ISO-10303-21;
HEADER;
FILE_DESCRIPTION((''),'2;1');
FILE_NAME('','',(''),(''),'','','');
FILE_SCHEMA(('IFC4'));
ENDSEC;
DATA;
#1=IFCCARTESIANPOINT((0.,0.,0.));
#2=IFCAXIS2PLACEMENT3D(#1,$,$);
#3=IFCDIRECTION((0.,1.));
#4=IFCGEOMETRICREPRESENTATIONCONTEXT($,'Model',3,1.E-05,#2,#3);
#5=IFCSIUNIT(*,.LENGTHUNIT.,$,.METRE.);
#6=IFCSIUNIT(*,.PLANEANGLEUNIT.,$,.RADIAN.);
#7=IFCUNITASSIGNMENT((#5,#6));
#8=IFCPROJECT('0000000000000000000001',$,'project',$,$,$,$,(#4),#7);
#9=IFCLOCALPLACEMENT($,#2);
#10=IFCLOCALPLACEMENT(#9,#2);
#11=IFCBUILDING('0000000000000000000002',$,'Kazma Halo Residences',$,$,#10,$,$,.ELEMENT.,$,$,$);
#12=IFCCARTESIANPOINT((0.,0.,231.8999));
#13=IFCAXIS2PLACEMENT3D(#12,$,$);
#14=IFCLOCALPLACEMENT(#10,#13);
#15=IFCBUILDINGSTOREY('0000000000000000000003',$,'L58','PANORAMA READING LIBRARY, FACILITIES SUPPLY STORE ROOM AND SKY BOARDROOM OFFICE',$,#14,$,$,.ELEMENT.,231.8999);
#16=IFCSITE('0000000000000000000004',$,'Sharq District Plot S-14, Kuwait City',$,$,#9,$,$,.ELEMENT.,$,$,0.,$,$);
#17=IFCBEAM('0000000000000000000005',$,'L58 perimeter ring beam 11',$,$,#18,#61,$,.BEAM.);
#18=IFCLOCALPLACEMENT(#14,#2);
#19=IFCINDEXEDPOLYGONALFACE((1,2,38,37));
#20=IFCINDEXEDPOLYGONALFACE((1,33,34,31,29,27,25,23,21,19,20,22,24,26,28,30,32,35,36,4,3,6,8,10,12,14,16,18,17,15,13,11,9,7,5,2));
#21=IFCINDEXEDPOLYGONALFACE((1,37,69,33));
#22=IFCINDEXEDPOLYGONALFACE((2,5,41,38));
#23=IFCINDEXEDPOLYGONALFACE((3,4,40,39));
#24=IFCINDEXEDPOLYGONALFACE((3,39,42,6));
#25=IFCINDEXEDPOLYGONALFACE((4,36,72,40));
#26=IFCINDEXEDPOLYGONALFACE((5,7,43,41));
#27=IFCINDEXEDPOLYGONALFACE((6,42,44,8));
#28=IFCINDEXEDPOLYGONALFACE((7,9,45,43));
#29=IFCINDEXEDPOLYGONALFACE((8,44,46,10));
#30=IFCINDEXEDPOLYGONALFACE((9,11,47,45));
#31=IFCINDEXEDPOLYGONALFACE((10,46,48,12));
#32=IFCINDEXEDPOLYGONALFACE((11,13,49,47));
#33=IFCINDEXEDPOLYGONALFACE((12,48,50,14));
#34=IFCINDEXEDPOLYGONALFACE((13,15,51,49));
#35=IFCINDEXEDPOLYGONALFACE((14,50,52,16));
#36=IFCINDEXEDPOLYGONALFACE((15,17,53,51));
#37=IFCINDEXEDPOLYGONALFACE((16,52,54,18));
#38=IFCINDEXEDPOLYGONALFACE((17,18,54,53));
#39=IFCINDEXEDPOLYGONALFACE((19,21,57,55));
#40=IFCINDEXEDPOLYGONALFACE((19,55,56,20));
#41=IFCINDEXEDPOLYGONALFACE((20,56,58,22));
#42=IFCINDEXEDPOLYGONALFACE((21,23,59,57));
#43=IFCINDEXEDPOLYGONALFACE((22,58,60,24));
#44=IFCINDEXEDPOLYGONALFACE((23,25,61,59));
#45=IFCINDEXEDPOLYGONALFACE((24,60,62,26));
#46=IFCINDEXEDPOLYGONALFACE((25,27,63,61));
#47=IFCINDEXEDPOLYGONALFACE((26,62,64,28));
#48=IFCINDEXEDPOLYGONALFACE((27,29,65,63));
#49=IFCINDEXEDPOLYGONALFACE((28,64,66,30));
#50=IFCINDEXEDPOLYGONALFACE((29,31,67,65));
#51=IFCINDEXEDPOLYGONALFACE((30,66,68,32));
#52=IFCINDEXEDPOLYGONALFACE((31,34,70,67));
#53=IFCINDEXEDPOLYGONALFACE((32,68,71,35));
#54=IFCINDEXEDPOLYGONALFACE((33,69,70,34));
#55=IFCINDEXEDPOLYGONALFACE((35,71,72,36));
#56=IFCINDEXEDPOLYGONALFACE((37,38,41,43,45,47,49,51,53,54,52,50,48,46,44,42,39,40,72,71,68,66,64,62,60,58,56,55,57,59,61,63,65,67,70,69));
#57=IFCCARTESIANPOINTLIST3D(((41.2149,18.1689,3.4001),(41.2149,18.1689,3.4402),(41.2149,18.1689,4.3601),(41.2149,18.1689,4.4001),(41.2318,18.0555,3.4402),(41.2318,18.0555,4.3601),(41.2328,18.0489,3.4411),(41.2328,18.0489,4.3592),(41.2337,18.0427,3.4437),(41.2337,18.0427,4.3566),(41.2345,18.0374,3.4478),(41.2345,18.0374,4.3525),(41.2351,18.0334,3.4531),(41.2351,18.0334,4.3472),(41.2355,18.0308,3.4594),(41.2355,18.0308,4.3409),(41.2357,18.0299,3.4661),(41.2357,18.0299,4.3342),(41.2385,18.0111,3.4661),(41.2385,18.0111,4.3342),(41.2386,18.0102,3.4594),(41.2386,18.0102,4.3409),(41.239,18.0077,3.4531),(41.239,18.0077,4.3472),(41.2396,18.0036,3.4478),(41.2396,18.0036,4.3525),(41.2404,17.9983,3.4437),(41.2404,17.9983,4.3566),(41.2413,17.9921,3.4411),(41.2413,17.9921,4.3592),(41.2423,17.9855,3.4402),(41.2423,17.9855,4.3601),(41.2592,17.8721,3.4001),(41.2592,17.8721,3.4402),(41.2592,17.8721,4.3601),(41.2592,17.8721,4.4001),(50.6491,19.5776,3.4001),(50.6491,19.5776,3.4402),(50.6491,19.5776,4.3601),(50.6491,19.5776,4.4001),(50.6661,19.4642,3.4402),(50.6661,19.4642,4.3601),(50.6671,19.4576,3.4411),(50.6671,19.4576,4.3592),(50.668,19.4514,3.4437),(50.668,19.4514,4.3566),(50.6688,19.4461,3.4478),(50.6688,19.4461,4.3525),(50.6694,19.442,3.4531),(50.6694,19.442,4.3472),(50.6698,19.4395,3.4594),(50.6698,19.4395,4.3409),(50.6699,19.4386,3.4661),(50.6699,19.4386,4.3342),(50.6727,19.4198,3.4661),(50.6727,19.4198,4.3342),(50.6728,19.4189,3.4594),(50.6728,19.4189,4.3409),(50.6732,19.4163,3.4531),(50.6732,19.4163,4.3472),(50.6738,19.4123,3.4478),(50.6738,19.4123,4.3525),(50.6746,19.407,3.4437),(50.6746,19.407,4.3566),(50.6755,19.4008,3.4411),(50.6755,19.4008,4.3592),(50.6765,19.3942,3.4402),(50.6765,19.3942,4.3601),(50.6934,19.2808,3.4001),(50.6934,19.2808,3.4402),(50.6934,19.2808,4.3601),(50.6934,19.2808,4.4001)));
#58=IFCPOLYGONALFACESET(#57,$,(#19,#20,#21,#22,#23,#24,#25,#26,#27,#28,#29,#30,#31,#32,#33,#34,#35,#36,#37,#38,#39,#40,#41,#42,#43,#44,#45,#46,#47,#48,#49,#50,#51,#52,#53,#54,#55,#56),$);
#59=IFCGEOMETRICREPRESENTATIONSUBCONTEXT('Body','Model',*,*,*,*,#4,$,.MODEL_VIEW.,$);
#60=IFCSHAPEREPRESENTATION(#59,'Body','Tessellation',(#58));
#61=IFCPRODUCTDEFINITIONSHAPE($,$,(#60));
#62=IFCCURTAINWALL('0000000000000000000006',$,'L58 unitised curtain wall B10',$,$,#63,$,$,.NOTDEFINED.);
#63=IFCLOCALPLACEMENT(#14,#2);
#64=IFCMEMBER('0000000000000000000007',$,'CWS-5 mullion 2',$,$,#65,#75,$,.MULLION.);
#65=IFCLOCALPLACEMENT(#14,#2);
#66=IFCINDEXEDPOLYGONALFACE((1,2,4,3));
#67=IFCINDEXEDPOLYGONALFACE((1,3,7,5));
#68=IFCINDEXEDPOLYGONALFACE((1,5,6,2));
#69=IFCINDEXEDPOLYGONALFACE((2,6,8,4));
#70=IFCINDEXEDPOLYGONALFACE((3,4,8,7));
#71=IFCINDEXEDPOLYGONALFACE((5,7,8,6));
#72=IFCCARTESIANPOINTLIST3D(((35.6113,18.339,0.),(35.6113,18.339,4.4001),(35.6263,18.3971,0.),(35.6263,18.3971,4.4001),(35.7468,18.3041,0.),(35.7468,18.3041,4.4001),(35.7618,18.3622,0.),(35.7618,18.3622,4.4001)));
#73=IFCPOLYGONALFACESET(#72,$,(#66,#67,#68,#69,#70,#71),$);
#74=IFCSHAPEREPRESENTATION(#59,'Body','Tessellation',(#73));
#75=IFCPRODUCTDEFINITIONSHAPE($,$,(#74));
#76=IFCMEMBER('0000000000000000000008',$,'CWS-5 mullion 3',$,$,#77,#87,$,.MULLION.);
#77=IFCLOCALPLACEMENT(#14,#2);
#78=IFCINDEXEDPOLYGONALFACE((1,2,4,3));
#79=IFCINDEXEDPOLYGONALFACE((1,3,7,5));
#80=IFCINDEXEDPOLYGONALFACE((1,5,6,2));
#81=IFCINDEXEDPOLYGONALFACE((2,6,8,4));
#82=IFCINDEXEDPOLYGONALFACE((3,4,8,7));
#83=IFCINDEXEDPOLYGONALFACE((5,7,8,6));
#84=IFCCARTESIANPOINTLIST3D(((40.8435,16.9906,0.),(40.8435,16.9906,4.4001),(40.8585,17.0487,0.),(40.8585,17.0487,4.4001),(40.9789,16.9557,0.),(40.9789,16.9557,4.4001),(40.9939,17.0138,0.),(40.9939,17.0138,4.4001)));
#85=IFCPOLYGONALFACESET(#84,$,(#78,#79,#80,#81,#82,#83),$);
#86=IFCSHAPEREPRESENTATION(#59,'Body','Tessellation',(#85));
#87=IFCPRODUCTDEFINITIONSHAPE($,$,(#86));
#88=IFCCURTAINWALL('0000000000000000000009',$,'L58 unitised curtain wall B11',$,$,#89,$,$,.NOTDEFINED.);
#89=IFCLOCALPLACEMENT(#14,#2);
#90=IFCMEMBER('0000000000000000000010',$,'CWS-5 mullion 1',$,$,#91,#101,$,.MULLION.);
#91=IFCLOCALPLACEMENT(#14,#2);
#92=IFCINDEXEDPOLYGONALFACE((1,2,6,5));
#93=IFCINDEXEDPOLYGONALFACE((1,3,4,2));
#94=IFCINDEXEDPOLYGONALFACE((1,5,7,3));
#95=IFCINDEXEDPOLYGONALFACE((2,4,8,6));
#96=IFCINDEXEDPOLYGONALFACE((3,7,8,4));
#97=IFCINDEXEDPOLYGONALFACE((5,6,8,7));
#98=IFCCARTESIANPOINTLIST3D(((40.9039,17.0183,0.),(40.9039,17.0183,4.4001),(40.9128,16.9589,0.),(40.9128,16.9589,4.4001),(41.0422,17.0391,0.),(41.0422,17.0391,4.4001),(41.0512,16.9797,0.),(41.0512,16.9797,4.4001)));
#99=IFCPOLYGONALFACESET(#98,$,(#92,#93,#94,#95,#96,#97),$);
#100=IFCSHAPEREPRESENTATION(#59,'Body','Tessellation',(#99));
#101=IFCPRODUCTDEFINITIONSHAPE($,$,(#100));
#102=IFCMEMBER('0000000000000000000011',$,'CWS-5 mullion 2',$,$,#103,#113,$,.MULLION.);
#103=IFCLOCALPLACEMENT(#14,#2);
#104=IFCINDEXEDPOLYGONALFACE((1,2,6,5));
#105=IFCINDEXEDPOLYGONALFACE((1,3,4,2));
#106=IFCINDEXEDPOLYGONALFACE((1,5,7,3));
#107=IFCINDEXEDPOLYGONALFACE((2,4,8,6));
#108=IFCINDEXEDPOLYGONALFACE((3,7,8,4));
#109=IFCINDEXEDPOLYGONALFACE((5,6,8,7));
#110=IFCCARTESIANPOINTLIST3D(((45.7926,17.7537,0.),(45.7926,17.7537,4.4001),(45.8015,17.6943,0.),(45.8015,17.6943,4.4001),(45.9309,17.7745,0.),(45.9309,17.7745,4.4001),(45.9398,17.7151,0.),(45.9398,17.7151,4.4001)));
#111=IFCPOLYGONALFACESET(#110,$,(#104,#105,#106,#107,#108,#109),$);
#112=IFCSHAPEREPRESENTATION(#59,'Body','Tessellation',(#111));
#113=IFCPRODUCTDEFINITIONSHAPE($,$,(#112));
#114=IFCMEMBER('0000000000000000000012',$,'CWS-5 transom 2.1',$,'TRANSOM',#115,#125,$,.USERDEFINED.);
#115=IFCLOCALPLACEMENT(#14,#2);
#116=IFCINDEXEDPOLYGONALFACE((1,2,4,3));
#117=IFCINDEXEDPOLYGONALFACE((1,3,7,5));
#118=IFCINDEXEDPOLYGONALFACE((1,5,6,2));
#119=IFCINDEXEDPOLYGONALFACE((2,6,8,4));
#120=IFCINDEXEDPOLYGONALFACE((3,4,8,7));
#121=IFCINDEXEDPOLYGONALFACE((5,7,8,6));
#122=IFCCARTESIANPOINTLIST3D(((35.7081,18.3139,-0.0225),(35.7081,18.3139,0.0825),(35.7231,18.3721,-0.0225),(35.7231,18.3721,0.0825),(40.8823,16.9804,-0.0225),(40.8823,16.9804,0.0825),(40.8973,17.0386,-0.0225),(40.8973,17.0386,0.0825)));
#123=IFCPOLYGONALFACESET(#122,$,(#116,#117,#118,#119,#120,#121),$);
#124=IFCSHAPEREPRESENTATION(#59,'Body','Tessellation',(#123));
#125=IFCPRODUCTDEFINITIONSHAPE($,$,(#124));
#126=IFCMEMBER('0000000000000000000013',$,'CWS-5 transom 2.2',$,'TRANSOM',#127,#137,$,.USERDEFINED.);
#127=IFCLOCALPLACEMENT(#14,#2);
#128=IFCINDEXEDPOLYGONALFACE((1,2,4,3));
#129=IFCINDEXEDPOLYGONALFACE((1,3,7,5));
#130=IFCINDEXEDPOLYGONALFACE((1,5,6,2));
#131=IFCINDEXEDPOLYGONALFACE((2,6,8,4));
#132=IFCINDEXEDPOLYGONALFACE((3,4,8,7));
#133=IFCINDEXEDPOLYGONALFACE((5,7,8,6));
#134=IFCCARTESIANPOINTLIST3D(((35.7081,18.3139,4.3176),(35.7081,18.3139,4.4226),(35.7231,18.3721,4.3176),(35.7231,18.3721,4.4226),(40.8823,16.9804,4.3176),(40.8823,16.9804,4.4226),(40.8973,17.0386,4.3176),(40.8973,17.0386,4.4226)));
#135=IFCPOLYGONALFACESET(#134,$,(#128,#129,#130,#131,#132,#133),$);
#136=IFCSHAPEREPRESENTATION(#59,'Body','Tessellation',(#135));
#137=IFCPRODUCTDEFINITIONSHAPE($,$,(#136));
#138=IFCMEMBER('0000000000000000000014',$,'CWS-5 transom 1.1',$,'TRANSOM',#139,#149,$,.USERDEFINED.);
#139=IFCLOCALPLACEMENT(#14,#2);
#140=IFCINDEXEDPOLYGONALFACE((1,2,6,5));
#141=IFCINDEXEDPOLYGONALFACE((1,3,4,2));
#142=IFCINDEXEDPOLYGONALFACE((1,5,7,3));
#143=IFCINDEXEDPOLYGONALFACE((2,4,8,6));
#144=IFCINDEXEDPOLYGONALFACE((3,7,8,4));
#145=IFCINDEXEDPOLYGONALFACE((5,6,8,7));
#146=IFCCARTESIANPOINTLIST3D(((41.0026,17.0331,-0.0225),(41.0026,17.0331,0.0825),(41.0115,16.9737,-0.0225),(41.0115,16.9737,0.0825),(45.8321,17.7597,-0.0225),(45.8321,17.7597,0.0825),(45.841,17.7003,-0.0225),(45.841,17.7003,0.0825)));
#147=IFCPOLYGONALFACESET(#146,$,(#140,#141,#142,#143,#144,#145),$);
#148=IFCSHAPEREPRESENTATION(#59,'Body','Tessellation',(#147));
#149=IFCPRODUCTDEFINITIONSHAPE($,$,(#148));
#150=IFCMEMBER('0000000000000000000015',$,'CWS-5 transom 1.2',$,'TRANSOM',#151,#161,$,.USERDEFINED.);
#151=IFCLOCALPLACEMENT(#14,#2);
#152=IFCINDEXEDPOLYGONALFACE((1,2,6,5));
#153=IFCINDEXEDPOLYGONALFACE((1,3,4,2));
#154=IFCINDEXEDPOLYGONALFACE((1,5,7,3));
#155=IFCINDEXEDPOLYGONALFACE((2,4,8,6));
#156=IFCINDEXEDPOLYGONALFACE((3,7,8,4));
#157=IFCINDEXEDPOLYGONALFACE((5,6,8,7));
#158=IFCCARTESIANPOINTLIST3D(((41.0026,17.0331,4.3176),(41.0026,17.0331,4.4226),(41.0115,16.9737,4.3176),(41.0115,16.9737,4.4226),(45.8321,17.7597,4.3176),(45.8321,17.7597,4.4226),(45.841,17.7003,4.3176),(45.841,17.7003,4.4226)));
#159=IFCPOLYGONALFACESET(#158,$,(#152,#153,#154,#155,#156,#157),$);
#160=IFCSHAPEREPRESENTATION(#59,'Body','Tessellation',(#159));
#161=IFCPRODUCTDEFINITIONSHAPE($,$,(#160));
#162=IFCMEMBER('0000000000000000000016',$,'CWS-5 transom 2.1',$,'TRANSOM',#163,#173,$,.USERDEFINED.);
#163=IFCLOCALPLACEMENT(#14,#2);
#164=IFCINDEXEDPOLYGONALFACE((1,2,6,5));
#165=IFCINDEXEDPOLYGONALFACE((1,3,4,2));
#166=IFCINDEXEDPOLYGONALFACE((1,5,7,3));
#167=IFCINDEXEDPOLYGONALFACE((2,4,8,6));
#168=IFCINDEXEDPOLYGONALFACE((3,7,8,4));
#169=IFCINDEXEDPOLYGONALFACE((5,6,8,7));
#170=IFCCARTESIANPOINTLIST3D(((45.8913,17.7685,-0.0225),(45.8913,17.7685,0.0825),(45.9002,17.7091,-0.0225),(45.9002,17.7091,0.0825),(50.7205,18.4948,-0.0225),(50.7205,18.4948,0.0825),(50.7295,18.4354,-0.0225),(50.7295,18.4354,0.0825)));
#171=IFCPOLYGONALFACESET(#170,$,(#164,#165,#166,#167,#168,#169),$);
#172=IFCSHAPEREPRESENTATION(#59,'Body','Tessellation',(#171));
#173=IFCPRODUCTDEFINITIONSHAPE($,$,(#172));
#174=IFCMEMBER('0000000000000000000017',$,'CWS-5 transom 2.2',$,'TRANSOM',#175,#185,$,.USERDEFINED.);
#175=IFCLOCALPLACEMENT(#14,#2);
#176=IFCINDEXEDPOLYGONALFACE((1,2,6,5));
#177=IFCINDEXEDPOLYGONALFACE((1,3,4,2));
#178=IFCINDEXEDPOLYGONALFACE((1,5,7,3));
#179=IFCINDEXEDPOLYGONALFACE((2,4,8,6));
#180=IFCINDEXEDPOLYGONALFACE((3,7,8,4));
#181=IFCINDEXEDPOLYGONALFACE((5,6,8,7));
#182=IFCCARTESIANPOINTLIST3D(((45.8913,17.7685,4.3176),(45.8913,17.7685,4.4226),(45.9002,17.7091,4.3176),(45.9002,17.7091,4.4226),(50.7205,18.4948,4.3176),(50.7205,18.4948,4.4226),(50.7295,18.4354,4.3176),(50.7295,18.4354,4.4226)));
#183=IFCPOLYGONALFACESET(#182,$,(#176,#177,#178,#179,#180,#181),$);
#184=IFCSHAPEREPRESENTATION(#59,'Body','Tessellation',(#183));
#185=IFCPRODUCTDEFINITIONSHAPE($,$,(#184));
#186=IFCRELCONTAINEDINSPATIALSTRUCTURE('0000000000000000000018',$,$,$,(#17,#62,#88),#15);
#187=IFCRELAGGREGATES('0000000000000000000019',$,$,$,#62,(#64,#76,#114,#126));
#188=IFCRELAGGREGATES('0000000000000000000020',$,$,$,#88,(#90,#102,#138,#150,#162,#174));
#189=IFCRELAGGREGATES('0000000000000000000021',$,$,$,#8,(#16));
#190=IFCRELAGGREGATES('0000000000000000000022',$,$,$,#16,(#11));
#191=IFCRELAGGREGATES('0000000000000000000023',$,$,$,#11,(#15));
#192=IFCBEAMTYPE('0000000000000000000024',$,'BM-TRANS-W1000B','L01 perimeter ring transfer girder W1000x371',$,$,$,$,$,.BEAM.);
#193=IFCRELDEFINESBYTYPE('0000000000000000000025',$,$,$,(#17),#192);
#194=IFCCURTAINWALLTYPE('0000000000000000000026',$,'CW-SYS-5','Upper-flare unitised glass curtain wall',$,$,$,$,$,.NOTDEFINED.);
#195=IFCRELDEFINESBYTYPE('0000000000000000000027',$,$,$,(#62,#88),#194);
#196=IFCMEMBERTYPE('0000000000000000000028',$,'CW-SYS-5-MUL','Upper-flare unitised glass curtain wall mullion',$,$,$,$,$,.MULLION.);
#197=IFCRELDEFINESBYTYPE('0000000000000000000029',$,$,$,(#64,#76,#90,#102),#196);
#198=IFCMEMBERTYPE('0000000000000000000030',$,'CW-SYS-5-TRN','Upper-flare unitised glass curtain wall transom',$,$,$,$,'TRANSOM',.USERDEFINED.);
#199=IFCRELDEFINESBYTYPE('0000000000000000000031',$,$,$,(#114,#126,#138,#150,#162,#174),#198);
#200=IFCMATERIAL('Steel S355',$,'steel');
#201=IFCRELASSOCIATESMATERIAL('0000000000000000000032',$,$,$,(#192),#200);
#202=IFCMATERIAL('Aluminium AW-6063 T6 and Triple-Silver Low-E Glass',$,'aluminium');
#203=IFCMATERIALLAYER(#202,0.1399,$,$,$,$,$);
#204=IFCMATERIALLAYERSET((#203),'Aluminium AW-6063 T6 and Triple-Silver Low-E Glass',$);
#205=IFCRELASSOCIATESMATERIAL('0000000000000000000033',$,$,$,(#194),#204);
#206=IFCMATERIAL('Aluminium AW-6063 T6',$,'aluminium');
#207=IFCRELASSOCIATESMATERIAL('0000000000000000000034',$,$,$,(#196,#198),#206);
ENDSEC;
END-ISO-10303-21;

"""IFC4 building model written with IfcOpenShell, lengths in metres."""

from ifc_helpers import new_model, si_unit, direction, frame, origin, origin_2d, place, context, subcontext, project, spatial, rectangle, i_section, extrude, material, layer, layer_set, material_profile, profile_set, type_object, element, aggregate, save


model = new_model("IFC4")

# Units and contexts
model_context = context("Model", 3, precision=1e-05, world=origin(), true_north=direction((0.0, 1.0)))
body_context = subcontext(model_context, "Body", "Model", "MODEL_VIEW")
ifc_project = project(units=[si_unit("LENGTHUNIT", "METRE"), si_unit("PLANEANGLEUNIT", "RADIAN")], contexts=[model_context])

# Site, building, storey
site_placement = place(None, origin())
site = spatial("IfcSite", under=ifc_project, at=site_placement, Name="Sharq District Plot S-14, Kuwait City", CompositionType="ELEMENT", RefElevation=0.0)
building_placement = place(site_placement, origin())
building = spatial("IfcBuilding", under=site, at=building_placement, Name="Kazma Halo Residences", CompositionType="ELEMENT")
storey_placement = place(building_placement, frame((0.0, 0.0, 231.8999)))
storey = spatial("IfcBuildingStorey", under=building, at=storey_placement, Name="L58", Description="PANORAMA READING LIBRARY, FACILITIES SUPPLY STORE ROOM AND SKY BOARDROOM OFFICE", CompositionType="ELEMENT", Elevation=231.8999)

# Beam
ifc_material_1 = material(Name="Steel S355", Category="steel")
ifc_material_profile_1 = material_profile(ifc_material_1, i_section(OverallWidth=0.3, OverallDepth=1.0, WebThickness=0.019, FlangeThickness=0.04, FilletRadius=0.0259, at=origin_2d()), Name="W1000x371")
ifc_profile_set_1 = profile_set([ifc_material_profile_1], Name="Steel S355")
beam_type_1 = type_object("IfcBeamType", Name="BM-TRANS-W1000B", Description="L01 perimeter ring transfer girder W1000x371", PredefinedType="BEAM", material=ifc_profile_set_1)
beam_1_placement = place(storey_placement, frame((41.2371, 18.0205, 3.9001), z_axis=(0.989035, 0.147678, 0.0), x_axis=(-0.147678, 0.989035, 0.0)))
element("IfcBeam", 1, at=beam_1_placement, inside=storey, type_object=beam_type_1, Name="L58 perimeter ring beam 11", PredefinedType="BEAM", context=body_context, shape_type="SweptSolid", body=[
    extrude(i_section(OverallWidth=0.3, OverallDepth=1.0, WebThickness=0.019, FlangeThickness=0.04, FilletRadius=0.0259, at=origin_2d()), origin(), (0.0, 0.0, 1.0), 9.5388),
])

# Curtain walls, members
ifc_material_2 = material(Name="Aluminium AW-6063 T6 and Triple-Silver Low-E Glass", Category="aluminium")
ifc_layer_1 = layer(ifc_material_2, 0.1399)
ifc_layer_set_1 = layer_set([ifc_layer_1], Name="Aluminium AW-6063 T6 and Triple-Silver Low-E Glass")
curtain_wall_type = type_object("IfcCurtainWallType", Name="CW-SYS-5", Description="Upper-flare unitised glass curtain wall", PredefinedType="NOTDEFINED", material=ifc_layer_set_1)
curtain_wall_1_placement = place(storey_placement, origin())
curtain_wall_1 = element("IfcCurtainWall", 2, at=curtain_wall_1_placement, inside=storey, type_object=curtain_wall_type, Name="L58 unitised curtain wall B10", PredefinedType="NOTDEFINED")
ifc_material_3 = material(Name="Aluminium AW-6063 T6", Category="aluminium")
ifc_material_profile_2 = material_profile(ifc_material_3, rectangle(XDim=0.0601, YDim=0.1399, at=origin_2d()), Name="CWM-60x140")
ifc_profile_set_2 = profile_set([ifc_material_profile_2], Name="Aluminium AW-6063 T6")
member_type_1 = type_object("IfcMemberType", Name="CW-SYS-5-MUL", Description="Upper-flare unitised glass curtain wall mullion", PredefinedType="MULLION", material=ifc_profile_set_2)
member_1_placement = place(storey_placement, frame((35.6865, 18.3506, 0.0), z_axis=(0.0, 0.0, 1.0), x_axis=(0.249567, 0.968358, 0.0)))
member_1 = element("IfcMember", 3, at=member_1_placement, type_object=member_type_1, Name="CWS-5 mullion 2", PredefinedType="MULLION", context=body_context, shape_type="SweptSolid", body=[
    extrude(rectangle(XDim=0.0601, YDim=0.1399, at=origin_2d()), origin(), (0.0, 0.0, 1.0), 4.4001),
])
member_2_placement = place(storey_placement, frame((40.9187, 17.0022, 0.0), z_axis=(0.0, 0.0, 1.0), x_axis=(0.249567, 0.968358, 0.0)))
member_2 = element("IfcMember", 4, at=member_2_placement, type_object=member_type_1, Name="CWS-5 mullion 3", PredefinedType="MULLION", context=body_context, shape_type="SweptSolid", body=[
    extrude(rectangle(XDim=0.0601, YDim=0.1399, at=origin_2d()), origin(), (0.0, 0.0, 1.0), 4.4001),
])
curtain_wall_2_placement = place(storey_placement, origin())
curtain_wall_2 = element("IfcCurtainWall", 5, at=curtain_wall_2_placement, inside=storey, type_object=curtain_wall_type, Name="L58 unitised curtain wall B11", PredefinedType="NOTDEFINED")
member_3_placement = place(storey_placement, frame((40.9775, 16.999, 0.0), z_axis=(0.0, 0.0, 1.0), x_axis=(-0.148733, 0.988877, 0.0)))
member_3 = element("IfcMember", 6, at=member_3_placement, type_object=member_type_1, Name="CWS-5 mullion 1", PredefinedType="MULLION", context=body_context, shape_type="SweptSolid", body=[
    extrude(rectangle(XDim=0.0601, YDim=0.1399, at=origin_2d()), origin(), (0.0, 0.0, 1.0), 4.4001),
])
member_4_placement = place(storey_placement, frame((45.8662, 17.7344, 0.0), z_axis=(0.0, 0.0, 1.0), x_axis=(-0.148733, 0.988877, 0.0)))
member_4 = element("IfcMember", 7, at=member_4_placement, type_object=member_type_1, Name="CWS-5 mullion 2", PredefinedType="MULLION", context=body_context, shape_type="SweptSolid", body=[
    extrude(rectangle(XDim=0.0601, YDim=0.1399, at=origin_2d()), origin(), (0.0, 0.0, 1.0), 4.4001),
])

# Members
ifc_material_profile_3 = material_profile(ifc_material_3, rectangle(XDim=0.0601, YDim=0.105, at=origin_2d()), Name="CWT-60x105")
ifc_profile_set_3 = profile_set([ifc_material_profile_3], Name="Aluminium AW-6063 T6")
member_type_2 = type_object("IfcMemberType", Name="CW-SYS-5-TRN", Description="Upper-flare unitised glass curtain wall transom", ElementType="TRANSOM", PredefinedType="USERDEFINED", material=ifc_profile_set_3)
member_5_placement = place(storey_placement, frame((35.7156, 18.343, 0.03), z_axis=(0.968356, -0.249571, 0.0), x_axis=(0.249571, 0.968356, 0.0)))
member_5 = element("IfcMember", 8, at=member_5_placement, type_object=member_type_2, Name="CWS-5 transom 2.1", ObjectType="TRANSOM", PredefinedType="USERDEFINED", context=body_context, shape_type="SweptSolid", body=[
    extrude(rectangle(XDim=0.0601, YDim=0.105, at=origin_2d()), origin(), (0.0, 0.0, 1.0), 5.3433),
])
member_6_placement = place(storey_placement, frame((35.7156, 18.343, 4.3701), z_axis=(0.968356, -0.249571, 0.0), x_axis=(0.249571, 0.968356, 0.0)))
member_6 = element("IfcMember", 9, at=member_6_placement, type_object=member_type_2, Name="CWS-5 transom 2.2", ObjectType="TRANSOM", PredefinedType="USERDEFINED", context=body_context, shape_type="SweptSolid", body=[
    extrude(rectangle(XDim=0.0601, YDim=0.105, at=origin_2d()), origin(), (0.0, 0.0, 1.0), 5.3433),
])
member_7_placement = place(storey_placement, frame((41.0071, 17.0034, 0.03), z_axis=(0.988871, 0.148773, 0.0), x_axis=(-0.148773, 0.988871, 0.0)))
member_7 = element("IfcMember", 10, at=member_7_placement, type_object=member_type_2, Name="CWS-5 transom 1.1", ObjectType="TRANSOM", PredefinedType="USERDEFINED", context=body_context, shape_type="SweptSolid", body=[
    extrude(rectangle(XDim=0.0601, YDim=0.105, at=origin_2d()), origin(), (0.0, 0.0, 1.0), 4.8838),
])
member_8_placement = place(storey_placement, frame((41.0071, 17.0034, 4.3701), z_axis=(0.988871, 0.148773, 0.0), x_axis=(-0.148773, 0.988871, 0.0)))
member_8 = element("IfcMember", 11, at=member_8_placement, type_object=member_type_2, Name="CWS-5 transom 1.2", ObjectType="TRANSOM", PredefinedType="USERDEFINED", context=body_context, shape_type="SweptSolid", body=[
    extrude(rectangle(XDim=0.0601, YDim=0.105, at=origin_2d()), origin(), (0.0, 0.0, 1.0), 4.8838),
])
member_9_placement = place(storey_placement, frame((45.8958, 17.7388, 0.03), z_axis=(0.988879, 0.148724, 0.0), x_axis=(-0.148724, 0.988879, 0.0)))
member_9 = element("IfcMember", 12, at=member_9_placement, type_object=member_type_2, Name="CWS-5 transom 2.1", ObjectType="TRANSOM", PredefinedType="USERDEFINED", context=body_context, shape_type="SweptSolid", body=[
    extrude(rectangle(XDim=0.0601, YDim=0.105, at=origin_2d()), origin(), (0.0, 0.0, 1.0), 4.8835),
])
member_10_placement = place(storey_placement, frame((45.8958, 17.7388, 4.3701), z_axis=(0.988879, 0.148724, 0.0), x_axis=(-0.148724, 0.988879, 0.0)))
member_10 = element("IfcMember", 13, at=member_10_placement, type_object=member_type_2, Name="CWS-5 transom 2.2", ObjectType="TRANSOM", PredefinedType="USERDEFINED", context=body_context, shape_type="SweptSolid", body=[
    extrude(rectangle(XDim=0.0601, YDim=0.105, at=origin_2d()), origin(), (0.0, 0.0, 1.0), 4.8835),
])

aggregate(curtain_wall_1, [member_1, member_2, member_5, member_6])
aggregate(curtain_wall_2, [member_3, member_4, member_7, member_8, member_9, member_10])

save(model, "model.ifc")
